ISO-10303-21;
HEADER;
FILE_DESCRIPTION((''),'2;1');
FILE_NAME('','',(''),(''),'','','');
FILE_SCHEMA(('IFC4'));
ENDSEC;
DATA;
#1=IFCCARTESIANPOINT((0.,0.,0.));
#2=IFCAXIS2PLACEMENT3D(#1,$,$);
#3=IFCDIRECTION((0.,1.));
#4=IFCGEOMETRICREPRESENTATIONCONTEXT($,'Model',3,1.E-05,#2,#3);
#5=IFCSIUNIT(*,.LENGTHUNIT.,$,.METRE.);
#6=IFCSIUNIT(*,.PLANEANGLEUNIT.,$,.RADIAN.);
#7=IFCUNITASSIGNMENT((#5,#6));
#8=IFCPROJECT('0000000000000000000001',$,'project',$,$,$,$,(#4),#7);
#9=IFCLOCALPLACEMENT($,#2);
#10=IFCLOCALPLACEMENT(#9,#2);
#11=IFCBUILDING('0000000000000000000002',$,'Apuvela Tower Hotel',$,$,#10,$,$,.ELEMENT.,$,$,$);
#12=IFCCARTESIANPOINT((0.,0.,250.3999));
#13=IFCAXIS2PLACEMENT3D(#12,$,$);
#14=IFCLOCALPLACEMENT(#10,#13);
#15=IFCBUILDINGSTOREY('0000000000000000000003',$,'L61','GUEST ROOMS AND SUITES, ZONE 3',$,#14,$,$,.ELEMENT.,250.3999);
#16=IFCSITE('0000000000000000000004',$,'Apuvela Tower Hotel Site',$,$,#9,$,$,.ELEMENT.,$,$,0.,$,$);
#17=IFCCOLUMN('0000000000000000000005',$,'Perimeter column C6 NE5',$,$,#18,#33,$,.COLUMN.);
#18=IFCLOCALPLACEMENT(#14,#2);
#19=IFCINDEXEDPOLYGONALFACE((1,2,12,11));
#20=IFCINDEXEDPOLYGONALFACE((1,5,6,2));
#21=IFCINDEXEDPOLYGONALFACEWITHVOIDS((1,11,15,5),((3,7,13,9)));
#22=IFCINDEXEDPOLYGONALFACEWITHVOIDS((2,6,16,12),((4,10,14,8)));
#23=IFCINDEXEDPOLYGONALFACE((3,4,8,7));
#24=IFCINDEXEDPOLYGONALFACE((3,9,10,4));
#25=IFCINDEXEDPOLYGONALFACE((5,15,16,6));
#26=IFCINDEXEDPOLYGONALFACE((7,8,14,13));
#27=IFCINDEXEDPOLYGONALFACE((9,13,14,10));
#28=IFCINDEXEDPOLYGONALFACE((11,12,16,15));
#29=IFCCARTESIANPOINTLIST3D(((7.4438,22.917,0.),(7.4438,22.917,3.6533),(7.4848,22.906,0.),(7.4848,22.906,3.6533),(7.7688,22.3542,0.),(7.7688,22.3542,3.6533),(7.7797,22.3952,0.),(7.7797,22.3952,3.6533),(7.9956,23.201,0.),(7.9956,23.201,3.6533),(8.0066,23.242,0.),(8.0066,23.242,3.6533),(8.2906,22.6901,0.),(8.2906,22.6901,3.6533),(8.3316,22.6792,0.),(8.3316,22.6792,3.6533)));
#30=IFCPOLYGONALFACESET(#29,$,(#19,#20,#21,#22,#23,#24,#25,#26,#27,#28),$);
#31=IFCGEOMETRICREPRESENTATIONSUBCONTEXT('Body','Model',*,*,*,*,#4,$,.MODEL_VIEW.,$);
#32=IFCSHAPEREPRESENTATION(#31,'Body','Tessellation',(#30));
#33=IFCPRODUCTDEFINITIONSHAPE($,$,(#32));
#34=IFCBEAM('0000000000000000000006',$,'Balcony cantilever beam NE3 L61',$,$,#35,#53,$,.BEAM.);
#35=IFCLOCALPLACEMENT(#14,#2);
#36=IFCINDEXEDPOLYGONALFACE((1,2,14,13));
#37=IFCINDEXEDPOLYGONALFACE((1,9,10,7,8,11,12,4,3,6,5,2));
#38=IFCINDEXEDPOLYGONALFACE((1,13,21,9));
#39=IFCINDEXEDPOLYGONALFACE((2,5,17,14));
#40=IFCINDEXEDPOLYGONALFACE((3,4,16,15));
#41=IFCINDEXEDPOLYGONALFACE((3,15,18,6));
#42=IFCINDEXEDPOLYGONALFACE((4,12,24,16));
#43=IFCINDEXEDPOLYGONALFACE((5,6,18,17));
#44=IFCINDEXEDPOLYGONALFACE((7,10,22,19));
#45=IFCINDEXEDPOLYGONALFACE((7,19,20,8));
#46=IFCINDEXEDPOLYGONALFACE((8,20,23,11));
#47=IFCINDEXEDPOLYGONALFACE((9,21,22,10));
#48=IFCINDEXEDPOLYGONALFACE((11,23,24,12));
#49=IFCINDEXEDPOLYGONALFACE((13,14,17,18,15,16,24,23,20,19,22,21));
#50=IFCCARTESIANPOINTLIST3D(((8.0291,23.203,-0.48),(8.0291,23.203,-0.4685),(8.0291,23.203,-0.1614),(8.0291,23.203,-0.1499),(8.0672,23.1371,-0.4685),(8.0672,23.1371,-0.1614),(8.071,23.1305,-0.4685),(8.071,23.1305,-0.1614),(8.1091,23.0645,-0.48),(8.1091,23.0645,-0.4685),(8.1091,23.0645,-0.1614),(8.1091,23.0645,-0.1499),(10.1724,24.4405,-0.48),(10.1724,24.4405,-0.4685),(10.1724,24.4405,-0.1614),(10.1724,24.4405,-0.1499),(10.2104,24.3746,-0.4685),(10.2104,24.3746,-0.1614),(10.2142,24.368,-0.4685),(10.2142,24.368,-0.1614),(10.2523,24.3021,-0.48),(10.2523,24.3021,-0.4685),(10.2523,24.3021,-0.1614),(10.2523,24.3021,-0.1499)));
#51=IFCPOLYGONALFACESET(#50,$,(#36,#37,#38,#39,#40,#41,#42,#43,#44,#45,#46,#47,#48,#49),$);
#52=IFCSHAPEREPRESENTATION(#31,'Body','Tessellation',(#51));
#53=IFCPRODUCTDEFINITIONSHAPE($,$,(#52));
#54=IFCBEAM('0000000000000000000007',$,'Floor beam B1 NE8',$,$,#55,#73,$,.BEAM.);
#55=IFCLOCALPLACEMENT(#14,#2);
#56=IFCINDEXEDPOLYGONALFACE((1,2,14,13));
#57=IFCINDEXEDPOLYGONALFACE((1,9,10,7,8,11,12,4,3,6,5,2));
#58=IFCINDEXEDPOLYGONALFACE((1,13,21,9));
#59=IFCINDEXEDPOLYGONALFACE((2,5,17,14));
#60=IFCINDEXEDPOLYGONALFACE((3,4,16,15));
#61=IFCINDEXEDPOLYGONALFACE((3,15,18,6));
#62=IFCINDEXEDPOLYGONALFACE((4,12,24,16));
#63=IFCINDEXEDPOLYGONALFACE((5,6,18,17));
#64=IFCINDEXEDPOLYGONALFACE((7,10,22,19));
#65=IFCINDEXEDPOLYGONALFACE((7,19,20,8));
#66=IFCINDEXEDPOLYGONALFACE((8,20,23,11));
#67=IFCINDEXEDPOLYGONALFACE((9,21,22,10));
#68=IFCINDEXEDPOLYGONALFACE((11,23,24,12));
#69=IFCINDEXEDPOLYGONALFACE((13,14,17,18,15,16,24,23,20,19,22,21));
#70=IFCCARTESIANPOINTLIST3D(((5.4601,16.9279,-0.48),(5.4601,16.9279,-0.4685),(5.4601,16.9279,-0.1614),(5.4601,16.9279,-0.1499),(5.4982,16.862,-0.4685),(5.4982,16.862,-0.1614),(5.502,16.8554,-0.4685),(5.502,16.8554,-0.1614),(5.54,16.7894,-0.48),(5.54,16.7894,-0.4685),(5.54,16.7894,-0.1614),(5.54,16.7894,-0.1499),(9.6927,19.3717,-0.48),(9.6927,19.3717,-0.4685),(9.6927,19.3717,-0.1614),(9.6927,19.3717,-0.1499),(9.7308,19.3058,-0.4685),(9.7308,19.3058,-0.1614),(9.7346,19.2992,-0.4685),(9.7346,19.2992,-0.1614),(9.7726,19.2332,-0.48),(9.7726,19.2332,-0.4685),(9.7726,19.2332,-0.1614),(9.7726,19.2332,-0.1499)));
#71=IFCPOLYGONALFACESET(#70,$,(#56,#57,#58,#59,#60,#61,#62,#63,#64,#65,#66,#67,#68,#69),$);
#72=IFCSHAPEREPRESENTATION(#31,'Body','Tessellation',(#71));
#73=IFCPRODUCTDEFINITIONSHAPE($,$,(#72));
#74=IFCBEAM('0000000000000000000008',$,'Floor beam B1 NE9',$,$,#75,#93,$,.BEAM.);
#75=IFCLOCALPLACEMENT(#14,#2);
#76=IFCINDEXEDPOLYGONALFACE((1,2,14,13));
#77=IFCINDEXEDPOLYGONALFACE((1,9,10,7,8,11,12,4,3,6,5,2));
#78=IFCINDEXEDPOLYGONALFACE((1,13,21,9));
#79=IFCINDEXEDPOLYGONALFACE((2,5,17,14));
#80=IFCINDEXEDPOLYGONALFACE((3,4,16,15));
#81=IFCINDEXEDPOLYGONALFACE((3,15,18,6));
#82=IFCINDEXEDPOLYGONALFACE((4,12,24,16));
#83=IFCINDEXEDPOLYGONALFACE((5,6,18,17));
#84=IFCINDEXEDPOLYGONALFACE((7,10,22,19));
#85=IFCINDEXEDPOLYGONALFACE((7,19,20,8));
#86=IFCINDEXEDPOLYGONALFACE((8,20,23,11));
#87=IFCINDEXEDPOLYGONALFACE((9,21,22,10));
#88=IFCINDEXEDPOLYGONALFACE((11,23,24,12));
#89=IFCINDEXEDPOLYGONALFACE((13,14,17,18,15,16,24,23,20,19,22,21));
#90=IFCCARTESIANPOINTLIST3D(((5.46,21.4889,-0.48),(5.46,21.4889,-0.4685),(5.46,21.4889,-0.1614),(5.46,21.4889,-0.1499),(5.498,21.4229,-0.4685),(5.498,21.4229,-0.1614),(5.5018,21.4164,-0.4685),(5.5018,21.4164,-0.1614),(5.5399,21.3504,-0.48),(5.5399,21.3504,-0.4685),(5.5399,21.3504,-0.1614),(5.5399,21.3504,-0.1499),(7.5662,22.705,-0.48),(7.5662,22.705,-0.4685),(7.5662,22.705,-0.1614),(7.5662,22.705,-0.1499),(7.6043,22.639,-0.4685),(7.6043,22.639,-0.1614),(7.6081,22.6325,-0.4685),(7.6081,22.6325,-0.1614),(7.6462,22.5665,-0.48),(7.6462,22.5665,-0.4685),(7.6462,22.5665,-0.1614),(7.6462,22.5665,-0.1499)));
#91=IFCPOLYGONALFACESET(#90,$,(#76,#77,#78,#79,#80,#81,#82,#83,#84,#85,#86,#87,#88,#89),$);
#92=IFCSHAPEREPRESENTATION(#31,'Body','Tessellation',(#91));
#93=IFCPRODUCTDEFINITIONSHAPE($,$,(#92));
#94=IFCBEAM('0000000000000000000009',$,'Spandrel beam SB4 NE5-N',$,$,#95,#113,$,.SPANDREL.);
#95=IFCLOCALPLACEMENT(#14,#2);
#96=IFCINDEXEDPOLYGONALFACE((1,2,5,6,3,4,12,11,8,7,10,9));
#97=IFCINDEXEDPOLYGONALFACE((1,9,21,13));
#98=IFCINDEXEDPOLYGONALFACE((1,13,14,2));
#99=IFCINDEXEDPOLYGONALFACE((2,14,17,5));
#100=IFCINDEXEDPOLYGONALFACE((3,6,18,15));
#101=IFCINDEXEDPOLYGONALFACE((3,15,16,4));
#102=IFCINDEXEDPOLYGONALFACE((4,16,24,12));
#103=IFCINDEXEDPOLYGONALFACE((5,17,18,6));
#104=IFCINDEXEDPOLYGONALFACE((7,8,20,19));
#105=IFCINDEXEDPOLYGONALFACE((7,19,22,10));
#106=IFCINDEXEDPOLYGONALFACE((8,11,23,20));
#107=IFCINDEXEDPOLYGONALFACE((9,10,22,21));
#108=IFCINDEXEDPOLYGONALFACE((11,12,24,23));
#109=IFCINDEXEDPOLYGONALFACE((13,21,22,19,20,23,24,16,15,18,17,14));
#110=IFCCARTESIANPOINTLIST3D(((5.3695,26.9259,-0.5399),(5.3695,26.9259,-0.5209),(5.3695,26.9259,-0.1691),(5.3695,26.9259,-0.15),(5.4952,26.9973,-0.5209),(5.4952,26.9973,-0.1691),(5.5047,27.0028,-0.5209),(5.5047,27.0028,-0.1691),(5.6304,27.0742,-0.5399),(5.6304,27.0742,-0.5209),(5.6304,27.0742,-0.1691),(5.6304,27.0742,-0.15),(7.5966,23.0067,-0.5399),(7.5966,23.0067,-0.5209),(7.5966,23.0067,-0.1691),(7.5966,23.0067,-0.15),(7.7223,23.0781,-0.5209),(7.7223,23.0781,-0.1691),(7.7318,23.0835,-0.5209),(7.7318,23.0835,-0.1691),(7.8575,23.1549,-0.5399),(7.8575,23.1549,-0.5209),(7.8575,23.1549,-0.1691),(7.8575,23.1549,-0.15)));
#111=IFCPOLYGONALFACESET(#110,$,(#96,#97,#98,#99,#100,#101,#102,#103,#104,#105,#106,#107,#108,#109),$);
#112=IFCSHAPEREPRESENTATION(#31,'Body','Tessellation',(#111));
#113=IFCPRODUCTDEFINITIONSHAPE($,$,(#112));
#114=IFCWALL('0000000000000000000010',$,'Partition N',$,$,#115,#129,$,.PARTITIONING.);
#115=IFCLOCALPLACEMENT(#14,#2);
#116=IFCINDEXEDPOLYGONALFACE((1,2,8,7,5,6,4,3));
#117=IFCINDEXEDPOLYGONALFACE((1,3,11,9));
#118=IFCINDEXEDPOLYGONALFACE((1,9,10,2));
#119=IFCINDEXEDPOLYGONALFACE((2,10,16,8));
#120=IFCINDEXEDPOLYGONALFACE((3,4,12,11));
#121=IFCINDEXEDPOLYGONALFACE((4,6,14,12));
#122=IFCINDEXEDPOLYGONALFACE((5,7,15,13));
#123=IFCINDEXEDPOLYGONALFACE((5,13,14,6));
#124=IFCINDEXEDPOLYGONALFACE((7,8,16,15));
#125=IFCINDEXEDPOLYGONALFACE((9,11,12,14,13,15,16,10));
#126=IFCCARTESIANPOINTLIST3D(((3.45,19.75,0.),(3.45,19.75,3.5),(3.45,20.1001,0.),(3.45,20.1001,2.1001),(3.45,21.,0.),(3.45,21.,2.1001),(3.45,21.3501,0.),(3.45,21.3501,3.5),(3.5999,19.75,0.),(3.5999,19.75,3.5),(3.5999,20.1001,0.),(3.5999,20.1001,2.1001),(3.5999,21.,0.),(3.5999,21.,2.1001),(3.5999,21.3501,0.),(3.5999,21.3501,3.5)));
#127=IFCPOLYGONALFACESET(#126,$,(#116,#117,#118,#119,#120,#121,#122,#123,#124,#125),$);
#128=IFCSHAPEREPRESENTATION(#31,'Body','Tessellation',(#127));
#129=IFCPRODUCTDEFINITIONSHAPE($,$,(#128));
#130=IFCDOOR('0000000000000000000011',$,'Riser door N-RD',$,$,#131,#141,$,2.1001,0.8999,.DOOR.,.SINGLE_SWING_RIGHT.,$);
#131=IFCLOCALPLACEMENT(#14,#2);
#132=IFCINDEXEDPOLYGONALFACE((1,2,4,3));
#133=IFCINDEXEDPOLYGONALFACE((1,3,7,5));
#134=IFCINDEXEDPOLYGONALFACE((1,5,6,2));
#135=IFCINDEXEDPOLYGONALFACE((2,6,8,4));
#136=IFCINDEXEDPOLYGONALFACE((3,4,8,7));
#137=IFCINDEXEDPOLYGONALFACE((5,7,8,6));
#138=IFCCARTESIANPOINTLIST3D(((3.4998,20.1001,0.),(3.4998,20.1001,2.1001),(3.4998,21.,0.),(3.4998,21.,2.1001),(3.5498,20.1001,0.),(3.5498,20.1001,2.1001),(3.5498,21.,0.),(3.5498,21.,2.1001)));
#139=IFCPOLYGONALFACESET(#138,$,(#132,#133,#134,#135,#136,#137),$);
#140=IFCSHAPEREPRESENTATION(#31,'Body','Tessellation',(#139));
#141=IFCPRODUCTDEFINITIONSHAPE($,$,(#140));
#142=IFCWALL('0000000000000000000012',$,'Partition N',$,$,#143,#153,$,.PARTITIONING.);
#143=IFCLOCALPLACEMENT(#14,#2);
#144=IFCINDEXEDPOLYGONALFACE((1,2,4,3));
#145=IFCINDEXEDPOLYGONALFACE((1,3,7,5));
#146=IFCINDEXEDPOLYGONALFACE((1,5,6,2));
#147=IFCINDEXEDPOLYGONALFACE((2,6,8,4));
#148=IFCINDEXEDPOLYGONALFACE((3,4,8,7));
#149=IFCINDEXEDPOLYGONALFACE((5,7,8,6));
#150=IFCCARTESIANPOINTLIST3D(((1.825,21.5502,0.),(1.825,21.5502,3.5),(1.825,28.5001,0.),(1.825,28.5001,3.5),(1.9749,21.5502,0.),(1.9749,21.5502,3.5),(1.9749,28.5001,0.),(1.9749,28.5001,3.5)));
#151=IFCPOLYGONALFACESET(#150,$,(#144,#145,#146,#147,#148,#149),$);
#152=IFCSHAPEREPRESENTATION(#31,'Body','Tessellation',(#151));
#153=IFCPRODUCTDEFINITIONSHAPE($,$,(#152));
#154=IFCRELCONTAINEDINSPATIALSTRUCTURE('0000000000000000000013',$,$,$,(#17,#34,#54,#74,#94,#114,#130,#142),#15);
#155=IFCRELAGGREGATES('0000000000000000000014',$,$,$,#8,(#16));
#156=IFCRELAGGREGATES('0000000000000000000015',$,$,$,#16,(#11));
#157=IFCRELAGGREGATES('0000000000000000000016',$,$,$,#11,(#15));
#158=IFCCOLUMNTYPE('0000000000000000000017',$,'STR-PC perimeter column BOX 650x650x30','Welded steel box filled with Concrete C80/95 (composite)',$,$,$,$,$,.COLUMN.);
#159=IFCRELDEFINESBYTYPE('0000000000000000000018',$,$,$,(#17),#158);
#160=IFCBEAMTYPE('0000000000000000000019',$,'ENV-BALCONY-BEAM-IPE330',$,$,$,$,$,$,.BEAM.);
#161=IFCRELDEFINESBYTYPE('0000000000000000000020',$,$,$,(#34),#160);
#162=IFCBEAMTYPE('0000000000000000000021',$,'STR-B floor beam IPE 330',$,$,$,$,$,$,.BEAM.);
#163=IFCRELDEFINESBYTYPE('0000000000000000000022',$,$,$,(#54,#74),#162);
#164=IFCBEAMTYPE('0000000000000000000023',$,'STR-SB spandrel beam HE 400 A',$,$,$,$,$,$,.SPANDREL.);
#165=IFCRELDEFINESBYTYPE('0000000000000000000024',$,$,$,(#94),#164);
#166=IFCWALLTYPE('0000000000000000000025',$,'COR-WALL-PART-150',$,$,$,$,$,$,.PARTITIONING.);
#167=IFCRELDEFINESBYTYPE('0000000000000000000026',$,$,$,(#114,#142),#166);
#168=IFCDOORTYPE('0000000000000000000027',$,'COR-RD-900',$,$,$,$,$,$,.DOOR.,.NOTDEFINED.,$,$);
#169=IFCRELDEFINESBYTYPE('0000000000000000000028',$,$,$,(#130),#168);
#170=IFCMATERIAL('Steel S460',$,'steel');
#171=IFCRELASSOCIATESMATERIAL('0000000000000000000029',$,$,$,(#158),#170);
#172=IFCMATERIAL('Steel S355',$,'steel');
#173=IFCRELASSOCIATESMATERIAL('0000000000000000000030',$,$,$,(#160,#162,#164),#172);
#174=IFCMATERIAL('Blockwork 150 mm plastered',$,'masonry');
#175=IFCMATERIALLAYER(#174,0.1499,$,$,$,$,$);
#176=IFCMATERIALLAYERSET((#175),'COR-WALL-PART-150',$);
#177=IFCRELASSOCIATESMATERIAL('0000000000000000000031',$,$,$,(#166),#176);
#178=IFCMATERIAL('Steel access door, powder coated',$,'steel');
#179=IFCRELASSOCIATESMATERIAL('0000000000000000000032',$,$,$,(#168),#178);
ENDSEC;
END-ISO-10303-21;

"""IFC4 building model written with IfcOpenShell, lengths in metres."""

from ifc_helpers import new_model, si_unit, direction, frame, frame_2d, origin, origin_2d, place, context, subcontext, project, spatial, rectangle, hollow_rectangle, i_section, extrude, boolean, halfspace, material, layer, layer_set, material_profile, profile_set, type_object, element, fill, save


model = new_model("IFC4")

# Units and contexts
model_context = context("Model", 3, precision=1e-05, world=origin(), true_north=direction((0.0, 1.0)))
body_context = subcontext(model_context, "Body", "Model", "MODEL_VIEW")
ifc_project = project(units=[si_unit("LENGTHUNIT", "METRE"), si_unit("PLANEANGLEUNIT", "RADIAN")], contexts=[model_context])

# Site, building, storey
site_placement = place(None, origin())
site = spatial("IfcSite", under=ifc_project, at=site_placement, Name="Apuvela Tower Hotel Site", CompositionType="ELEMENT", RefElevation=0.0)
building_placement = place(site_placement, origin())
building = spatial("IfcBuilding", under=site, at=building_placement, Name="Apuvela Tower Hotel", CompositionType="ELEMENT")
storey_placement = place(building_placement, frame((0.0, 0.0, 250.3999)))
storey = spatial("IfcBuildingStorey", under=building, at=storey_placement, Name="L61", Description="GUEST ROOMS AND SUITES, ZONE 3", CompositionType="ELEMENT", Elevation=250.3999)

# Column
ifc_material_1 = material(Name="Steel S460", Category="steel")
ifc_material_profile_1 = material_profile(ifc_material_1, hollow_rectangle(XDim=0.6499, YDim=0.6499, WallThickness=0.03, at=origin_2d()), Name="BOX 650x650x30")
ifc_material_2 = material(Name="Concrete C80/95", Category="concrete")
ifc_material_profile_2 = material_profile(ifc_material_2, rectangle(XDim=0.5901, YDim=0.5901, at=origin_2d()), Name="Concrete C80/95 infill")
ifc_profile_set_1 = profile_set([ifc_material_profile_1, ifc_material_profile_2], Name="Steel S460")
column_type = type_object("IfcColumnType", Name="STR-PC perimeter column BOX 650x650x30", Description="Welded steel box filled with Concrete C80/95 (composite)", PredefinedType="COLUMN", material=ifc_profile_set_1)
column_placement = place(storey_placement, frame((7.8877, 22.7981, 0.0), z_axis=(0.0, 0.0, 1.0), x_axis=(-0.5, 0.866025, 0.0)))
element("IfcColumn", 1, at=column_placement, inside=storey, type_object=column_type, Name="Perimeter column C6 NE5", PredefinedType="COLUMN", context=body_context, shape_type="SweptSolid", body=[
    boolean("DIFFERENCE", extrude(hollow_rectangle(XDim=0.6499, YDim=0.6499, WallThickness=0.03, at=origin_2d()), origin(), (0.0, 0.0, 1.0), 3.7002), halfspace(frame((0.0, 0.0, 3.6533), z_axis=(0.0, 0.0, 1.0), x_axis=(1.0, 0.0, 0.0)), False)),
])

# Beams
ifc_material_3 = material(Name="Steel S355", Category="steel")
ifc_material_profile_3 = material_profile(ifc_material_3, i_section(OverallWidth=0.1599, OverallDepth=0.3301, WebThickness=0.0076, FlangeThickness=0.0115, at=origin_2d()), Name="IPE 330")
ifc_profile_set_2 = profile_set([ifc_material_profile_3], Name="Steel S355")
beam_type_1 = type_object("IfcBeamType", Name="ENV-BALCONY-BEAM-IPE330", PredefinedType="BEAM", material=ifc_profile_set_2)
beam_1_placement = place(storey_placement, frame((8.0691, 23.1338, -0.3149), z_axis=(0.866007, 0.500033, 0.0), x_axis=(-0.500033, 0.866007, 0.0)))
element("IfcBeam", 2, at=beam_1_placement, inside=storey, type_object=beam_type_1, Name="Balcony cantilever beam NE3 L61", PredefinedType="BEAM", context=body_context, shape_type="SweptSolid", body=[
    extrude(i_section(OverallWidth=0.1599, OverallDepth=0.3301, WebThickness=0.0076, FlangeThickness=0.0115, at=origin_2d()), origin(), (0.0, 0.0, 1.0), 2.4749),
])
ifc_material_profile_4 = material_profile(ifc_material_3, i_section(OverallWidth=0.1599, OverallDepth=0.3301, WebThickness=0.0076, FlangeThickness=0.0115, at=origin_2d()), Name="IPE 330")
ifc_profile_set_3 = profile_set([ifc_material_profile_4], Name="Steel S355")
beam_type_2 = type_object("IfcBeamType", Name="STR-B floor beam IPE 330", PredefinedType="BEAM", material=ifc_profile_set_3)
beam_2_placement = place(storey_placement, frame((9.7327, 19.3025, -0.3149), z_axis=(-0.866015, -0.500018, 0.0), x_axis=(0.500018, -0.866015, 0.0)))
element("IfcBeam", 3, at=beam_2_placement, inside=storey, type_object=beam_type_2, Name="Floor beam B1 NE8", PredefinedType="BEAM", context=body_context, shape_type="SweptSolid", body=[
    extrude(i_section(OverallWidth=0.1599, OverallDepth=0.3301, WebThickness=0.0076, FlangeThickness=0.0115, at=origin_2d()), origin(), (0.0, 0.0, 1.0), 4.8875),
])
beam_3_placement = place(storey_placement, frame((7.6062, 22.6357, -0.3149), z_axis=(-0.866017, -0.500015, 0.0), x_axis=(0.500015, -0.866017, 0.0)))
element("IfcBeam", 4, at=beam_3_placement, inside=storey, type_object=beam_type_2, Name="Floor beam B1 NE9", PredefinedType="BEAM", context=body_context, shape_type="SweptSolid", body=[
    extrude(i_section(OverallWidth=0.1599, OverallDepth=0.3301, WebThickness=0.0076, FlangeThickness=0.0115, at=origin_2d()), origin(), (0.0, 0.0, 1.0), 2.4321),
])
ifc_material_profile_5 = material_profile(ifc_material_3, i_section(OverallWidth=0.3, OverallDepth=0.3899, WebThickness=0.011, FlangeThickness=0.019, at=origin_2d()), Name="HE 400 A")
ifc_profile_set_4 = profile_set([ifc_material_profile_5], Name="Steel S355")
beam_type_3 = type_object("IfcBeamType", Name="STR-SB spandrel beam HE 400 A", PredefinedType="SPANDREL", material=ifc_profile_set_4)
beam_4_placement = place(storey_placement, frame((7.7271, 23.0808, -0.345), z_axis=(-0.494049, 0.869434, 0.0), x_axis=(-0.869434, -0.494049, 0.0)))
element("IfcBeam", 5, at=beam_4_placement, inside=storey, type_object=beam_type_3, Name="Spandrel beam SB4 NE5-N", PredefinedType="SPANDREL", context=body_context, shape_type="SweptSolid", body=[
    extrude(i_section(OverallWidth=0.3, OverallDepth=0.3899, WebThickness=0.011, FlangeThickness=0.019, at=origin_2d()), origin(), (0.0, 0.0, 1.0), 4.5078),
])

# Wall, opening, door
ifc_material_4 = material(Name="Blockwork 150 mm plastered", Category="masonry")
ifc_layer_1 = layer(ifc_material_4, 0.1499)
ifc_layer_set_1 = layer_set([ifc_layer_1], Name="COR-WALL-PART-150")
wall_type_1 = type_object("IfcWallType", Name="COR-WALL-PART-150", PredefinedType="PARTITIONING", material=ifc_layer_set_1)
wall_1_placement = place(storey_placement, frame((3.5249, 19.75, 0.0), z_axis=(0.0, 0.0, 1.0), x_axis=(0.0, 1.0, 0.0)))
wall_1 = element("IfcWall", 6, at=wall_1_placement, inside=storey, type_object=wall_type_1, Name="Partition N", PredefinedType="PARTITIONING", context=body_context, shape_type="SweptSolid", body=[
    extrude(rectangle(XDim=1.6001, YDim=0.1499, at=frame_2d((0.8, 0.0))), origin(), (0.0, 0.0, 1.0), 3.5),
])
opening_1_placement = place(wall_1_placement, frame((0.3501, 0.0, 0.0)))
opening_1 = element("IfcOpeningElement", 7, at=opening_1_placement, cuts=wall_1, PredefinedType="OPENING", context=body_context, shape_type="SweptSolid", body=[
    extrude(rectangle(XDim=0.8999, YDim=2.1001, at=frame_2d((0.45, 1.05))), frame((0.0, 0.085, 0.0), z_axis=(0.0, -1.0, 0.0), x_axis=(1.0, 0.0, 0.0)), (0.0, 0.0, 1.0), 0.1699),
])
ifc_material_5 = material(Name="Steel access door, powder coated", Category="steel")
door_type_1 = type_object("IfcDoorType", Name="COR-RD-900", OperationType="NOTDEFINED", PredefinedType="DOOR", material=ifc_material_5)
door_1_placement = place(opening_1_placement, frame((0.8999, 0.0, 0.0), z_axis=(0.0, 0.0, 1.0), x_axis=(-1.0, 0.0, 0.0)))
door_1 = element("IfcDoor", 8, at=door_1_placement, inside=storey, type_object=door_type_1, Name="Riser door N-RD", OperationType="SINGLE_SWING_RIGHT", OverallHeight=2.1001, OverallWidth=0.8999, PredefinedType="DOOR", context=body_context, shape_type="SweptSolid", body=[
    extrude(rectangle(XDim=0.8999, YDim=2.1001, at=frame_2d((0.45, 1.05))), frame((0.0, 0.0249, 0.0), z_axis=(0.0, -1.0, 0.0), x_axis=(1.0, 0.0, 0.0)), (0.0, 0.0, 1.0), 0.05),
])
fill(opening_1, door_1)

# Wall
wall_2_placement = place(storey_placement, frame((1.8999, 21.55, 0.0), z_axis=(0.0, 0.0, 1.0), x_axis=(0.0, 1.0, 0.0)))
element("IfcWall", 9, at=wall_2_placement, inside=storey, type_object=wall_type_1, Name="Partition N", PredefinedType="PARTITIONING", context=body_context, shape_type="SweptSolid", body=[
    extrude(rectangle(XDim=6.95, YDim=0.1499, at=frame_2d((3.4751, 0.0))), origin(), (0.0, 0.0, 1.0), 3.5),
])

save(model, "model.ifc")
